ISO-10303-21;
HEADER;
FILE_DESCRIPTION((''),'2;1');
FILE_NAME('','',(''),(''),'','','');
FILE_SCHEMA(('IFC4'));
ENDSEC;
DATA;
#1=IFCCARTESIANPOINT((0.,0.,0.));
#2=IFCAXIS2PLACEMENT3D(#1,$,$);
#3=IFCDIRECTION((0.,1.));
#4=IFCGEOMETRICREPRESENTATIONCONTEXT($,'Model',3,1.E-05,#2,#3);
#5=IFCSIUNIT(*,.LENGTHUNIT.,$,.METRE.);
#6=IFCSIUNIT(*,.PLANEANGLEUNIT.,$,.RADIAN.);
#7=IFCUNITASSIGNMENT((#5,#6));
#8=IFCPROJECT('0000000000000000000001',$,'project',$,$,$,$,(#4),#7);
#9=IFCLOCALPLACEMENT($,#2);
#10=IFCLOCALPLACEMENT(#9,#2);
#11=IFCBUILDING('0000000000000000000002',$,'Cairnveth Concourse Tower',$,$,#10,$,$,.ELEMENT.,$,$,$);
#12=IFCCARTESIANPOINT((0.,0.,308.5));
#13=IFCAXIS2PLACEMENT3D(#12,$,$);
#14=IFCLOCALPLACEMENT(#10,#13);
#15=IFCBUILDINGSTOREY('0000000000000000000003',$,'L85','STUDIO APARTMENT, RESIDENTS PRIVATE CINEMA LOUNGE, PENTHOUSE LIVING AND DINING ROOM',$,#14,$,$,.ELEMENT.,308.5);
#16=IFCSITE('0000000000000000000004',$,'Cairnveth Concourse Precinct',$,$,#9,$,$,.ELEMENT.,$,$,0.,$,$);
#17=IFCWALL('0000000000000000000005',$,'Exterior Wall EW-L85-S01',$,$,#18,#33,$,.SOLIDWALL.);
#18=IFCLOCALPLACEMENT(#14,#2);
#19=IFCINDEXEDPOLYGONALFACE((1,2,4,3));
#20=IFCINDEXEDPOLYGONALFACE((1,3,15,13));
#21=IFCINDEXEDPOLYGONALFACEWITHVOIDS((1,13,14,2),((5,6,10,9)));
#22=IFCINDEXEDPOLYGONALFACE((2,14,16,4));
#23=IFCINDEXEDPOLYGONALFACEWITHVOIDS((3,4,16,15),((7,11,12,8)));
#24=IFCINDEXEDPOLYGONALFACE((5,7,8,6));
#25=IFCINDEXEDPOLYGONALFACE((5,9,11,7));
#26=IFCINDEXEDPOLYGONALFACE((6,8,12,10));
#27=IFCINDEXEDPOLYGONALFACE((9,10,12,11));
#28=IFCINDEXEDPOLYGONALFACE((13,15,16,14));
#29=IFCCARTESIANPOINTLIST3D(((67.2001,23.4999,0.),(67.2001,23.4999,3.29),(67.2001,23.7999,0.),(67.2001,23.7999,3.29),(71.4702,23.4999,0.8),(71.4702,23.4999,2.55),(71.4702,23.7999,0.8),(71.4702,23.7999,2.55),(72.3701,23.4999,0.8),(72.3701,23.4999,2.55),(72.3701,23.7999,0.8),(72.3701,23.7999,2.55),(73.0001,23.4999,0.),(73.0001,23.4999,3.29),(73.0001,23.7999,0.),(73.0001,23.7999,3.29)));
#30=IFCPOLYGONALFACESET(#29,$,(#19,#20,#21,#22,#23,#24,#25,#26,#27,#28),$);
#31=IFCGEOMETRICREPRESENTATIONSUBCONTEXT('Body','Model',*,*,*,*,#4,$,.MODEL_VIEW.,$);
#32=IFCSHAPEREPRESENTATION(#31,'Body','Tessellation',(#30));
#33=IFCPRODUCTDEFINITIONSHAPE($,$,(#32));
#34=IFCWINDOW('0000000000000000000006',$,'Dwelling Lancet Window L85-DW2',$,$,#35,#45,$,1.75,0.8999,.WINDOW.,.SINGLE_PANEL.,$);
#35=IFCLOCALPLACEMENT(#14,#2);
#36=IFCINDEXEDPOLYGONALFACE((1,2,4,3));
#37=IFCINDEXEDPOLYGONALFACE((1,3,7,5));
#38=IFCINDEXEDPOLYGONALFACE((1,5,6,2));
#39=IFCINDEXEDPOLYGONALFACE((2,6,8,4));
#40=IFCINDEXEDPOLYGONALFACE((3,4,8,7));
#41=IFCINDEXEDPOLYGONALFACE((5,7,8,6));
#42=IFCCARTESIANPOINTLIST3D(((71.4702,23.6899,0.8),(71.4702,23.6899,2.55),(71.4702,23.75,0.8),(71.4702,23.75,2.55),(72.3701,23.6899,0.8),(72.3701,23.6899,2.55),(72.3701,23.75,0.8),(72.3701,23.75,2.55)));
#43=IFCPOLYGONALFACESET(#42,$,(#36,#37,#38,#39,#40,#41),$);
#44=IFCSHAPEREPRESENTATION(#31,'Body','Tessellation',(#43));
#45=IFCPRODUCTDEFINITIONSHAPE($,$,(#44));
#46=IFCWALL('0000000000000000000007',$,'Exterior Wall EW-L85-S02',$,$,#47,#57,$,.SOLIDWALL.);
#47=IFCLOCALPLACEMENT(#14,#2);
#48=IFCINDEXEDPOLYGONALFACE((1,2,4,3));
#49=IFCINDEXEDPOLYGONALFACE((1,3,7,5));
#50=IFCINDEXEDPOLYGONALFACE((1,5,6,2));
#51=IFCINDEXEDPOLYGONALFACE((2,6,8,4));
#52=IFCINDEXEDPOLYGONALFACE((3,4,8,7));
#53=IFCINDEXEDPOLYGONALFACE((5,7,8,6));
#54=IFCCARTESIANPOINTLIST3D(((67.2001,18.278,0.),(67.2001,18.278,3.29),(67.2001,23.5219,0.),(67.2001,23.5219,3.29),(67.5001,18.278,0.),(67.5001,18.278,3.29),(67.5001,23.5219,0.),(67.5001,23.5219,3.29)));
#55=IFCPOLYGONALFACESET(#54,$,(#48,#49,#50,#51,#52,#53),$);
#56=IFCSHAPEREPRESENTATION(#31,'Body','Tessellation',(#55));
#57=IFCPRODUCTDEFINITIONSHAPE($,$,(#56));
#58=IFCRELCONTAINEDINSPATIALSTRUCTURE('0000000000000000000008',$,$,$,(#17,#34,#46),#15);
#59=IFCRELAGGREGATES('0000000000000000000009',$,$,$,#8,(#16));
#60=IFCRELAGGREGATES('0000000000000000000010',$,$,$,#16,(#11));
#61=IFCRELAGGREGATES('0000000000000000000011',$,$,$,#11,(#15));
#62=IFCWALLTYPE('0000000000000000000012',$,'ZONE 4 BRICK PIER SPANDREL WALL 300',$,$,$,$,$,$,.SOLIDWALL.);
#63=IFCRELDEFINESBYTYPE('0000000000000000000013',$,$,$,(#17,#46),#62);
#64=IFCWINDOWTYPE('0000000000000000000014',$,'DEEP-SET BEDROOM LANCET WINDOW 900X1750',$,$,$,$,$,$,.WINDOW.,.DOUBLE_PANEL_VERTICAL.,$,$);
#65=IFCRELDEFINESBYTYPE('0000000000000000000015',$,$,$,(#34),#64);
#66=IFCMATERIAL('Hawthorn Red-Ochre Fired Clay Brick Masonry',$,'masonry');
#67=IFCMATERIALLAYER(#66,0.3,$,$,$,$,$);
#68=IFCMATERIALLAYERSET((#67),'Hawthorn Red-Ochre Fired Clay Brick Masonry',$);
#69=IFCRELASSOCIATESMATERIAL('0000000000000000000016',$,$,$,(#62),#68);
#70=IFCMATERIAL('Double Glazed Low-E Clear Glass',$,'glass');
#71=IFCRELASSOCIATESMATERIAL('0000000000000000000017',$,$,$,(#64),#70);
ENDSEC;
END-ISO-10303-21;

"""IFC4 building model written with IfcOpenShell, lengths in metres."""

from ifc_helpers import new_model, si_unit, direction, frame, frame_2d, origin, place, context, subcontext, project, spatial, rectangle, extrude, material, layer, layer_set, type_object, element, fill, save


model = new_model("IFC4")

# Units and contexts
model_context = context("Model", 3, precision=1e-05, world=origin(), true_north=direction((0.0, 1.0)))
body_context = subcontext(model_context, "Body", "Model", "MODEL_VIEW")
ifc_project = project(units=[si_unit("LENGTHUNIT", "METRE"), si_unit("PLANEANGLEUNIT", "RADIAN")], contexts=[model_context])

# Site, building, storey
site_placement = place(None, origin())
site = spatial("IfcSite", under=ifc_project, at=site_placement, Name="Cairnveth Concourse Precinct", CompositionType="ELEMENT", RefElevation=0.0)
building_placement = place(site_placement, origin())
building = spatial("IfcBuilding", under=site, at=building_placement, Name="Cairnveth Concourse Tower", CompositionType="ELEMENT")
storey_placement = place(building_placement, frame((0.0, 0.0, 308.5)))
storey = spatial("IfcBuildingStorey", under=building, at=storey_placement, Name="L85", Description="STUDIO APARTMENT, RESIDENTS PRIVATE CINEMA LOUNGE, PENTHOUSE LIVING AND DINING ROOM", CompositionType="ELEMENT", Elevation=308.5)

# Wall, opening, window
ifc_material_1 = material(Name="Hawthorn Red-Ochre Fired Clay Brick Masonry", Category="masonry")
ifc_layer_1 = layer(ifc_material_1, 0.3)
ifc_layer_set_1 = layer_set([ifc_layer_1], Name="Hawthorn Red-Ochre Fired Clay Brick Masonry")
wall_type_1 = type_object("IfcWallType", Name="ZONE 4 BRICK PIER SPANDREL WALL 300", PredefinedType="SOLIDWALL", material=ifc_layer_set_1)
wall_1_placement = place(storey_placement, frame((73.0, 23.6499, 0.0), z_axis=(0.0, 0.0, 1.0), x_axis=(-1.0, 0.0, 0.0)))
wall_1 = element("IfcWall", 1, at=wall_1_placement, inside=storey, type_object=wall_type_1, Name="Exterior Wall EW-L85-S01", PredefinedType="SOLIDWALL", context=body_context, shape_type="SweptSolid", body=[
    extrude(rectangle(XDim=5.8, YDim=0.3, at=frame_2d((2.8999, 0.0))), origin(), (0.0, 0.0, 1.0), 3.29),
])
opening_1_placement = place(wall_1_placement, frame((0.6299, 0.0, 0.8)))
opening_1 = element("IfcOpeningElement", 2, at=opening_1_placement, cuts=wall_1, PredefinedType="OPENING", context=body_context, shape_type="SweptSolid", body=[
    extrude(rectangle(XDim=0.8999, YDim=1.75, at=frame_2d((0.45, 0.875))), frame((0.0, 0.1599, 0.0), z_axis=(0.0, -1.0, 0.0), x_axis=(1.0, 0.0, 0.0)), (0.0, 0.0, 1.0), 0.3201),
])
ifc_material_2 = material(Name="Double Glazed Low-E Clear Glass", Category="glass")
window_type_1 = type_object("IfcWindowType", Name="DEEP-SET BEDROOM LANCET WINDOW 900X1750", PartitioningType="DOUBLE_PANEL_VERTICAL", PredefinedType="WINDOW", material=ifc_material_2)
window_1_placement = place(opening_1_placement, origin())
window_1 = element("IfcWindow", 3, at=window_1_placement, inside=storey, type_object=window_type_1, Name="Dwelling Lancet Window L85-DW2", OverallHeight=1.75, OverallWidth=0.8999, PartitioningType="SINGLE_PANEL", PredefinedType="WINDOW", context=body_context, shape_type="SweptSolid", body=[
    extrude(rectangle(XDim=0.8999, YDim=1.75, at=frame_2d((0.45, 0.875))), frame((0.0, -0.04, 0.0), z_axis=(0.0, -1.0, 0.0), x_axis=(1.0, 0.0, 0.0)), (0.0, 0.0, 1.0), 0.0601),
])
fill(opening_1, window_1)

# Wall
wall_2_placement = place(storey_placement, frame((67.3501, 23.522, 0.0), z_axis=(0.0, 0.0, 1.0), x_axis=(0.0, -1.0, 0.0)))
element("IfcWall", 4, at=wall_2_placement, inside=storey, type_object=wall_type_1, Name="Exterior Wall EW-L85-S02", PredefinedType="SOLIDWALL", context=body_context, shape_type="SweptSolid", body=[
    extrude(rectangle(XDim=5.2439, YDim=0.3, at=frame_2d((2.6221, 0.0))), origin(), (0.0, 0.0, 1.0), 3.29),
])

save(model, "model.ifc")
